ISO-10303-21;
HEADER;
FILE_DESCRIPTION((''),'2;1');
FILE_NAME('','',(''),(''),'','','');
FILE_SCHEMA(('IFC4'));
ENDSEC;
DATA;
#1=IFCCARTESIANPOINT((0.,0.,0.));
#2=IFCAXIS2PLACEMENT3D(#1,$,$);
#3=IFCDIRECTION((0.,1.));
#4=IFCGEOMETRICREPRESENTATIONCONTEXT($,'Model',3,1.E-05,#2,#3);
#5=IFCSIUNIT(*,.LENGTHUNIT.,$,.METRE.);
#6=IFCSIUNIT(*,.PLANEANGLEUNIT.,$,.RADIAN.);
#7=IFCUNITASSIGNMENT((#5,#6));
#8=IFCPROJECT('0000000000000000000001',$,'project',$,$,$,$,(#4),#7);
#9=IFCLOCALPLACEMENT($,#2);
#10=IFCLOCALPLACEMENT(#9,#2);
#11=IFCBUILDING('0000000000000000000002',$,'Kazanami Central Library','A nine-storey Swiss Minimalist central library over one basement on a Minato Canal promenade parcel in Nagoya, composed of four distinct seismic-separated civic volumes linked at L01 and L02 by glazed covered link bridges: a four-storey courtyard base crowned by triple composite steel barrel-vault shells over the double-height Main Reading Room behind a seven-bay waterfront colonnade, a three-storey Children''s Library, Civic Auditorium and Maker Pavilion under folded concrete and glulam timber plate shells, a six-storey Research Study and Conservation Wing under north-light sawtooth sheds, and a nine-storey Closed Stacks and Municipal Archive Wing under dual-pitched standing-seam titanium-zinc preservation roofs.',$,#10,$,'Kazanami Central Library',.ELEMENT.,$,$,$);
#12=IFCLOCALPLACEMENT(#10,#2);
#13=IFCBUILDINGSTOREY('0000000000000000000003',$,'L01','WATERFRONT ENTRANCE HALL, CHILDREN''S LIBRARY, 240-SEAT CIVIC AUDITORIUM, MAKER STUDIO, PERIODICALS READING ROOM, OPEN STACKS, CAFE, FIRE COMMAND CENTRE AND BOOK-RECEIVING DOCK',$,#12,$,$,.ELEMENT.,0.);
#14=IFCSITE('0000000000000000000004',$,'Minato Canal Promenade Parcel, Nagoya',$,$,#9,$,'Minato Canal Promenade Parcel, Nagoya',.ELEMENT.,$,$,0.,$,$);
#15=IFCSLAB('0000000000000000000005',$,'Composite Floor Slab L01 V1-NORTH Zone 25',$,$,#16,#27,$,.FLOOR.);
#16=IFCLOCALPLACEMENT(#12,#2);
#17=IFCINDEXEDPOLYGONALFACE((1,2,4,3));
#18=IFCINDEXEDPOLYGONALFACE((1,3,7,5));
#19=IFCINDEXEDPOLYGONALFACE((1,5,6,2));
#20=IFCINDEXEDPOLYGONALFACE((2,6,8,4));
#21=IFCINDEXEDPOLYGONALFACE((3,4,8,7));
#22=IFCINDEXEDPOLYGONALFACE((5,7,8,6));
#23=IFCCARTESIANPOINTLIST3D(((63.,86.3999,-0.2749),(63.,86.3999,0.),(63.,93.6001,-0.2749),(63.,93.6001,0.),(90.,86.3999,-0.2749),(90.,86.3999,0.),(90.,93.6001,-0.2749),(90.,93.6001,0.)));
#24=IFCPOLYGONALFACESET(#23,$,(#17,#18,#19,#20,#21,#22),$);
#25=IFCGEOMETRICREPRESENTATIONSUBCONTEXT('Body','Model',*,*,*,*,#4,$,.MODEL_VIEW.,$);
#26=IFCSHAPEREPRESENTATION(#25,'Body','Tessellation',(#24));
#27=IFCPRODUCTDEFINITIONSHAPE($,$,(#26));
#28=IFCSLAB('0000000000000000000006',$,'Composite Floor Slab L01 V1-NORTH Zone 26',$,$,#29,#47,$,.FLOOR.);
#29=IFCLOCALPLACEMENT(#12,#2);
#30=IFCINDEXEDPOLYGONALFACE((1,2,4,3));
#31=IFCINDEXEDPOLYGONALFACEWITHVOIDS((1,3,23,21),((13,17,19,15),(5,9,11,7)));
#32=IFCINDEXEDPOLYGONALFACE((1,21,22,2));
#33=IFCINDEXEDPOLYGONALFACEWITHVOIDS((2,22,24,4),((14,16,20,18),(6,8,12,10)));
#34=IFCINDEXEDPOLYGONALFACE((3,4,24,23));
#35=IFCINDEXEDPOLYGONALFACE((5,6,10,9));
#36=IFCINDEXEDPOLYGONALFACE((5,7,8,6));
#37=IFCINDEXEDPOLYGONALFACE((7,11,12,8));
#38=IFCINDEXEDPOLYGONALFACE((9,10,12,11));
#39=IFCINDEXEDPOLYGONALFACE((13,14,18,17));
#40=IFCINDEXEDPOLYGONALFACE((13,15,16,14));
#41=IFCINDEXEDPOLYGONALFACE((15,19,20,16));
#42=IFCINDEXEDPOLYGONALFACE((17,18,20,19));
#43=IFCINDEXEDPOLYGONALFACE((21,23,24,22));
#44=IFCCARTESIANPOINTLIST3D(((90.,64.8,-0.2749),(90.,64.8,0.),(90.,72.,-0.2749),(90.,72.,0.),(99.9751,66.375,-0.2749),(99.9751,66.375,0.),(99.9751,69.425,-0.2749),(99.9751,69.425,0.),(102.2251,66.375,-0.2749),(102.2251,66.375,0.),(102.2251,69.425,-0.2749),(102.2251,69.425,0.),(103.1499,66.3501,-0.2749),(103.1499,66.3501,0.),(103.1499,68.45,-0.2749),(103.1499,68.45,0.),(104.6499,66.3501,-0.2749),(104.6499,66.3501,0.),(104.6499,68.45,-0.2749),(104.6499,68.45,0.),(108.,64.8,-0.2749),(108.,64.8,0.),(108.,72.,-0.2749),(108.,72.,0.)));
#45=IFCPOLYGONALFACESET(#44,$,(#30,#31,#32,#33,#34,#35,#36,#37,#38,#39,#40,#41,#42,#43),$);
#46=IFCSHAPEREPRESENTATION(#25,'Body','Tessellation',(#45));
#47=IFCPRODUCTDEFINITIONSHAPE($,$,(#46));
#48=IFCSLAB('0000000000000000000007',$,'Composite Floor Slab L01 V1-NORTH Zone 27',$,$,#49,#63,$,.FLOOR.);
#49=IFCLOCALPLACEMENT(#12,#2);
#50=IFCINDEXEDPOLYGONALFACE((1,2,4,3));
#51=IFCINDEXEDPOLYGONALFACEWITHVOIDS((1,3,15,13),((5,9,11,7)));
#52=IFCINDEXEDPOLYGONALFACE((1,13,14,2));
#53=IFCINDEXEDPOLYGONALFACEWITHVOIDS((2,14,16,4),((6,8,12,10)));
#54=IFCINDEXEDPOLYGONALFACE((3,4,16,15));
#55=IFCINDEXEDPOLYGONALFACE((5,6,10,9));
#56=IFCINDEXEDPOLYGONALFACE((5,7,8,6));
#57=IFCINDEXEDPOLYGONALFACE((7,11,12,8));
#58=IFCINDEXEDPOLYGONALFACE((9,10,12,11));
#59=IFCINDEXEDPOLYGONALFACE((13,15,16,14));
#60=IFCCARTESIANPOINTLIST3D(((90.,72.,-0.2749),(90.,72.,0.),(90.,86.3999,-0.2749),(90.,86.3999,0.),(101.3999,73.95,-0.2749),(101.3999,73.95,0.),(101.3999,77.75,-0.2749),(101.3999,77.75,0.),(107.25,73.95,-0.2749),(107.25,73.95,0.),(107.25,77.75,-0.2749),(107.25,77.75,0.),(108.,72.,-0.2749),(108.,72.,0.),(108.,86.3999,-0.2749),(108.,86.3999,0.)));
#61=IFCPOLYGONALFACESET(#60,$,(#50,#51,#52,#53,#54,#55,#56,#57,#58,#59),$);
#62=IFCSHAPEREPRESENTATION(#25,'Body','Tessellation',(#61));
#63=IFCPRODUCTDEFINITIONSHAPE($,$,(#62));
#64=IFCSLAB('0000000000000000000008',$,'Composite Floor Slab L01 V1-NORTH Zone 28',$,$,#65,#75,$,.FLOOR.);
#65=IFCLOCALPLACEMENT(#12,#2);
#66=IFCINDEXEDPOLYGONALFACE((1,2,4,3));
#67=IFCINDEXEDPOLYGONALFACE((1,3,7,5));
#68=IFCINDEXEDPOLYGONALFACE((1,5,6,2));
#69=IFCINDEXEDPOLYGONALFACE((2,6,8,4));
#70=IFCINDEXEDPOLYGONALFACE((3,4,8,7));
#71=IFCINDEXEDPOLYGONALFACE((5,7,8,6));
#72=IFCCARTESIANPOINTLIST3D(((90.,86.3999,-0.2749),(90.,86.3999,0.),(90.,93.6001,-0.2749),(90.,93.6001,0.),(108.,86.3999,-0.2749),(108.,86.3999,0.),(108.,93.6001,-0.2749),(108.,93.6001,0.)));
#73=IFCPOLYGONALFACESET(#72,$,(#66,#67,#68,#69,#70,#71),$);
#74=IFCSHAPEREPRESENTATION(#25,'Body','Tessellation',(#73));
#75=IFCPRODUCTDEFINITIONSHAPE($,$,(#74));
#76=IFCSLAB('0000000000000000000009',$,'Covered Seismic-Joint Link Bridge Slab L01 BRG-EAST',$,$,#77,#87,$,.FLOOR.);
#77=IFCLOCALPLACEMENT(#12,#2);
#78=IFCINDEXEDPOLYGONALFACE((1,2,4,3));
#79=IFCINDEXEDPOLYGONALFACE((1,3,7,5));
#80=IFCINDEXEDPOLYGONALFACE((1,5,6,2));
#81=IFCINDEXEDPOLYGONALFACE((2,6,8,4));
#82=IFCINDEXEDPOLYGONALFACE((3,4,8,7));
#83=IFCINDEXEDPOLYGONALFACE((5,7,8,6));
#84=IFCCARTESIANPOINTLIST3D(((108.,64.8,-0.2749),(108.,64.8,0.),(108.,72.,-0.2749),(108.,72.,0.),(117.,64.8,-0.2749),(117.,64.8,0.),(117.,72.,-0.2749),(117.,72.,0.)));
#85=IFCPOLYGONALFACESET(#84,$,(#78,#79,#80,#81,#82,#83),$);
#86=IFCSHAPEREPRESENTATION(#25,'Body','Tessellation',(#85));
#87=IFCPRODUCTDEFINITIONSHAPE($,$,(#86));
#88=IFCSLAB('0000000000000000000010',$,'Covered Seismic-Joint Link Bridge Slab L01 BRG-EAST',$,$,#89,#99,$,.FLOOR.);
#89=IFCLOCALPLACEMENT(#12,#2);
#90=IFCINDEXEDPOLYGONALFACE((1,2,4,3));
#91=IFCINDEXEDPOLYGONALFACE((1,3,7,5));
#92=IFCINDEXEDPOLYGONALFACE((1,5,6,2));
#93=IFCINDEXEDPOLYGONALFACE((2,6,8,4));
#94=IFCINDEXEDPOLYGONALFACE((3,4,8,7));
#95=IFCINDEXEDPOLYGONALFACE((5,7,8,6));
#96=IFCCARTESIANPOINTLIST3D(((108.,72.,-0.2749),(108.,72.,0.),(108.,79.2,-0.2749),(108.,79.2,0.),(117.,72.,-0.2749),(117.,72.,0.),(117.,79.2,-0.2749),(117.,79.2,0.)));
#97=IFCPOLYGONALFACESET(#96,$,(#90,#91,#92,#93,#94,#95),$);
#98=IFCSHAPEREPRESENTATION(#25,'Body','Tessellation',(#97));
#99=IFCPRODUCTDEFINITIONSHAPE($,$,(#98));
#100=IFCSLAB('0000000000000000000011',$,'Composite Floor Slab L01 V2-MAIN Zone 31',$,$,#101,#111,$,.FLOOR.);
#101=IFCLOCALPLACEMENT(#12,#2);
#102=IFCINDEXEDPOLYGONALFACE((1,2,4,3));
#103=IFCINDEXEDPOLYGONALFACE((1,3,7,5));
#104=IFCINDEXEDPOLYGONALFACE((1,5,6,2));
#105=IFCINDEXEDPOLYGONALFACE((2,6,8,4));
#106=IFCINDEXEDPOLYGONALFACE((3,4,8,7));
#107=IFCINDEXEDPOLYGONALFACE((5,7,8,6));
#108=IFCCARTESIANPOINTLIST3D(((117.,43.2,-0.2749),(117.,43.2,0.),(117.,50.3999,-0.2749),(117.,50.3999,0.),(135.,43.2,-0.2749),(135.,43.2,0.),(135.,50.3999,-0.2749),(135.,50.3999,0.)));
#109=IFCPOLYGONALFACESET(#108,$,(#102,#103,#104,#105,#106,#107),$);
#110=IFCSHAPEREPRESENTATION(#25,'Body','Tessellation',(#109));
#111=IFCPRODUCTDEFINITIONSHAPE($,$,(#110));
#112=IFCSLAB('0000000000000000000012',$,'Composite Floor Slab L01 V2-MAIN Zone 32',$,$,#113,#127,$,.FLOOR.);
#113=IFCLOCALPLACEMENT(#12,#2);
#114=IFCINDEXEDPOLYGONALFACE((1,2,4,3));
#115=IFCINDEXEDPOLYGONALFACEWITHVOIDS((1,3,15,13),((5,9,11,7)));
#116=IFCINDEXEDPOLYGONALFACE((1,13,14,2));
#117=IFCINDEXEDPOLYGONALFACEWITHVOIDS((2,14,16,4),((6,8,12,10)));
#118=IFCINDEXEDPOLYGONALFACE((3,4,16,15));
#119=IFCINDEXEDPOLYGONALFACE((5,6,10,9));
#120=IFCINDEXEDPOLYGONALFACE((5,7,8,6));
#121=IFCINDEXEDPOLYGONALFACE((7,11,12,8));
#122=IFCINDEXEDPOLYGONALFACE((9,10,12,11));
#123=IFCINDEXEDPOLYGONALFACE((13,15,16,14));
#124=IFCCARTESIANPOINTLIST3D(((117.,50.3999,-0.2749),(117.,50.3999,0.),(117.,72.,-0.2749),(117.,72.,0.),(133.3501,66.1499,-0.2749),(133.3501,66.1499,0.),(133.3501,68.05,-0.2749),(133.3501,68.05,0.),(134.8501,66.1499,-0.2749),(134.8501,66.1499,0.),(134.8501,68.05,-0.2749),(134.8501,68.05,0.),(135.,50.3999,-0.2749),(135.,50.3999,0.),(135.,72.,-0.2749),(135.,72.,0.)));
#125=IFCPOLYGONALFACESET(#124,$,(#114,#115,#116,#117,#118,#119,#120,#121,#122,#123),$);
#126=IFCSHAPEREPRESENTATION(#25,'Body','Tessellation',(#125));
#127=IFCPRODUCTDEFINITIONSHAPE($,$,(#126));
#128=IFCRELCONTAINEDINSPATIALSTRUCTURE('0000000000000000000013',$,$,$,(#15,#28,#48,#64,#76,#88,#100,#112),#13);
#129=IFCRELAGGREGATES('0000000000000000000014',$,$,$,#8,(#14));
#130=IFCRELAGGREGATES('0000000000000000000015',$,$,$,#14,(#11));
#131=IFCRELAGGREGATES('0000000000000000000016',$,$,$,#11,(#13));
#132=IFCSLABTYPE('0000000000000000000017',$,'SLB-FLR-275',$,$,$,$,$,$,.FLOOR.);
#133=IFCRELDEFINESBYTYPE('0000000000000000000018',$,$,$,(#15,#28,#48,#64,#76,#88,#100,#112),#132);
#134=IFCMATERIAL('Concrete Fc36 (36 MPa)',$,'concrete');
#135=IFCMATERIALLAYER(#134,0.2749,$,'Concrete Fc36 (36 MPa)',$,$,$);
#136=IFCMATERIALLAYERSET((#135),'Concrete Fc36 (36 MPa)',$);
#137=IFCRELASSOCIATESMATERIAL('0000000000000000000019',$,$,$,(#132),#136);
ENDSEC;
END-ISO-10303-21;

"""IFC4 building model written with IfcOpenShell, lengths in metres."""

from ifc_helpers import new_model, si_unit, direction, frame, origin, place, context, subcontext, project, spatial, polyline, outline, extrude, material, layer, layer_set, type_object, element, save


model = new_model("IFC4")

# Units and contexts
model_context = context("Model", 3, precision=1e-05, world=origin(), true_north=direction((0.0, 1.0)))
body_context = subcontext(model_context, "Body", "Model", "MODEL_VIEW")
ifc_project = project(units=[si_unit("LENGTHUNIT", "METRE"), si_unit("PLANEANGLEUNIT", "RADIAN")], contexts=[model_context])

# Site, building, storey
site_placement = place(None, origin())
site = spatial("IfcSite", under=ifc_project, at=site_placement, Name="Minato Canal Promenade Parcel, Nagoya", LongName="Minato Canal Promenade Parcel, Nagoya", CompositionType="ELEMENT", RefElevation=0.0)
building_placement = place(site_placement, origin())
building = spatial("IfcBuilding", under=site, at=building_placement, Name="Kazanami Central Library", Description="A nine-storey Swiss Minimalist central library over one basement on a Minato Canal promenade parcel in Nagoya, composed of four distinct seismic-separated civic volumes linked at L01 and L02 by glazed covered link bridges: a four-storey courtyard base crowned by triple composite steel barrel-vault shells over the double-height Main Reading Room behind a seven-bay waterfront colonnade, a three-storey Children's Library, Civic Auditorium and Maker Pavilion under folded concrete and glulam timber plate shells, a six-storey Research Study and Conservation Wing under north-light sawtooth sheds, and a nine-storey Closed Stacks and Municipal Archive Wing under dual-pitched standing-seam titanium-zinc preservation roofs.", LongName="Kazanami Central Library", CompositionType="ELEMENT")
storey_placement = place(building_placement, origin())
storey = spatial("IfcBuildingStorey", under=building, at=storey_placement, Name="L01", Description="WATERFRONT ENTRANCE HALL, CHILDREN'S LIBRARY, 240-SEAT CIVIC AUDITORIUM, MAKER STUDIO, PERIODICALS READING ROOM, OPEN STACKS, CAFE, FIRE COMMAND CENTRE AND BOOK-RECEIVING DOCK", CompositionType="ELEMENT", Elevation=0.0)

# Slabs
ifc_material_1 = material(Name="Concrete Fc36 (36 MPa)", Category="concrete")
ifc_layer = layer(ifc_material_1, 0.2749, Name="Concrete Fc36 (36 MPa)")
ifc_layer_set = layer_set([ifc_layer], Name="Concrete Fc36 (36 MPa)")
slab_type = type_object("IfcSlabType", Name="SLB-FLR-275", PredefinedType="FLOOR", material=ifc_layer_set)
slab_1_placement = place(storey_placement, frame((0.0, 0.0, -0.2749)))
element("IfcSlab", 1, at=slab_1_placement, inside=storey, type_object=slab_type, Name="Composite Floor Slab L01 V1-NORTH Zone 25", PredefinedType="FLOOR", context=body_context, shape_type="SweptSolid", body=[
    extrude(outline(polyline([(63.0, 86.3999), (90.0, 86.3999), (90.0, 93.6001), (63.0, 93.6001), (63.0, 86.3999)])), origin(), (0.0, 0.0, 1.0), 0.2749),
])
slab_2_placement = place(storey_placement, frame((0.0, 0.0, -0.2749)))
element("IfcSlab", 2, at=slab_2_placement, inside=storey, type_object=slab_type, Name="Composite Floor Slab L01 V1-NORTH Zone 26", PredefinedType="FLOOR", context=body_context, shape_type="SweptSolid", body=[
    extrude(outline(polyline([(90.0, 64.8), (108.0, 64.8), (108.0, 72.0), (90.0, 72.0), (90.0, 64.8)]), holes=[polyline([(99.9751, 66.375), (102.2251, 66.375), (102.2251, 69.425), (99.9751, 69.425), (99.9751, 66.375)]), polyline([(103.1499, 66.3501), (104.6499, 66.3501), (104.6499, 68.45), (103.1499, 68.45), (103.1499, 66.3501)])]), origin(), (0.0, 0.0, 1.0), 0.2749),
])
slab_3_placement = place(storey_placement, frame((0.0, 0.0, -0.2749)))
element("IfcSlab", 3, at=slab_3_placement, inside=storey, type_object=slab_type, Name="Composite Floor Slab L01 V1-NORTH Zone 27", PredefinedType="FLOOR", context=body_context, shape_type="SweptSolid", body=[
    extrude(outline(polyline([(90.0, 72.0), (108.0, 72.0), (108.0, 86.3999), (90.0, 86.3999), (90.0, 72.0)]), holes=[polyline([(101.3999, 73.95), (107.25, 73.95), (107.25, 77.75), (101.3999, 77.75), (101.3999, 73.95)])]), origin(), (0.0, 0.0, 1.0), 0.2749),
])
slab_4_placement = place(storey_placement, frame((0.0, 0.0, -0.2749)))
element("IfcSlab", 4, at=slab_4_placement, inside=storey, type_object=slab_type, Name="Composite Floor Slab L01 V1-NORTH Zone 28", PredefinedType="FLOOR", context=body_context, shape_type="SweptSolid", body=[
    extrude(outline(polyline([(90.0, 86.3999), (108.0, 86.3999), (108.0, 93.6001), (90.0, 93.6001), (90.0, 86.3999)])), origin(), (0.0, 0.0, 1.0), 0.2749),
])
slab_5_placement = place(storey_placement, frame((0.0, 0.0, -0.2749)))
element("IfcSlab", 5, at=slab_5_placement, inside=storey, type_object=slab_type, Name="Covered Seismic-Joint Link Bridge Slab L01 BRG-EAST", PredefinedType="FLOOR", context=body_context, shape_type="SweptSolid", body=[
    extrude(outline(polyline([(108.0, 64.8), (117.0, 64.8), (117.0, 72.0), (108.0, 72.0), (108.0, 64.8)])), origin(), (0.0, 0.0, 1.0), 0.2749),
])
slab_6_placement = place(storey_placement, frame((0.0, 0.0, -0.2749)))
element("IfcSlab", 6, at=slab_6_placement, inside=storey, type_object=slab_type, Name="Covered Seismic-Joint Link Bridge Slab L01 BRG-EAST", PredefinedType="FLOOR", context=body_context, shape_type="SweptSolid", body=[
    extrude(outline(polyline([(108.0, 72.0), (117.0, 72.0), (117.0, 79.2), (108.0, 79.2), (108.0, 72.0)])), origin(), (0.0, 0.0, 1.0), 0.2749),
])
slab_7_placement = place(storey_placement, frame((0.0, 0.0, -0.2749)))
element("IfcSlab", 7, at=slab_7_placement, inside=storey, type_object=slab_type, Name="Composite Floor Slab L01 V2-MAIN Zone 31", PredefinedType="FLOOR", context=body_context, shape_type="SweptSolid", body=[
    extrude(outline(polyline([(117.0, 43.2), (135.0, 43.2), (135.0, 50.3999), (117.0, 50.3999), (117.0, 43.2)])), origin(), (0.0, 0.0, 1.0), 0.2749),
])
slab_8_placement = place(storey_placement, frame((0.0, 0.0, -0.2749)))
element("IfcSlab", 8, at=slab_8_placement, inside=storey, type_object=slab_type, Name="Composite Floor Slab L01 V2-MAIN Zone 32", PredefinedType="FLOOR", context=body_context, shape_type="SweptSolid", body=[
    extrude(outline(polyline([(117.0, 50.3999), (135.0, 50.3999), (135.0, 72.0), (117.0, 72.0), (117.0, 50.3999)]), holes=[polyline([(133.3501, 66.1499), (134.8501, 66.1499), (134.8501, 68.05), (133.3501, 68.05), (133.3501, 66.1499)])]), origin(), (0.0, 0.0, 1.0), 0.2749),
])

save(model, "model.ifc")
